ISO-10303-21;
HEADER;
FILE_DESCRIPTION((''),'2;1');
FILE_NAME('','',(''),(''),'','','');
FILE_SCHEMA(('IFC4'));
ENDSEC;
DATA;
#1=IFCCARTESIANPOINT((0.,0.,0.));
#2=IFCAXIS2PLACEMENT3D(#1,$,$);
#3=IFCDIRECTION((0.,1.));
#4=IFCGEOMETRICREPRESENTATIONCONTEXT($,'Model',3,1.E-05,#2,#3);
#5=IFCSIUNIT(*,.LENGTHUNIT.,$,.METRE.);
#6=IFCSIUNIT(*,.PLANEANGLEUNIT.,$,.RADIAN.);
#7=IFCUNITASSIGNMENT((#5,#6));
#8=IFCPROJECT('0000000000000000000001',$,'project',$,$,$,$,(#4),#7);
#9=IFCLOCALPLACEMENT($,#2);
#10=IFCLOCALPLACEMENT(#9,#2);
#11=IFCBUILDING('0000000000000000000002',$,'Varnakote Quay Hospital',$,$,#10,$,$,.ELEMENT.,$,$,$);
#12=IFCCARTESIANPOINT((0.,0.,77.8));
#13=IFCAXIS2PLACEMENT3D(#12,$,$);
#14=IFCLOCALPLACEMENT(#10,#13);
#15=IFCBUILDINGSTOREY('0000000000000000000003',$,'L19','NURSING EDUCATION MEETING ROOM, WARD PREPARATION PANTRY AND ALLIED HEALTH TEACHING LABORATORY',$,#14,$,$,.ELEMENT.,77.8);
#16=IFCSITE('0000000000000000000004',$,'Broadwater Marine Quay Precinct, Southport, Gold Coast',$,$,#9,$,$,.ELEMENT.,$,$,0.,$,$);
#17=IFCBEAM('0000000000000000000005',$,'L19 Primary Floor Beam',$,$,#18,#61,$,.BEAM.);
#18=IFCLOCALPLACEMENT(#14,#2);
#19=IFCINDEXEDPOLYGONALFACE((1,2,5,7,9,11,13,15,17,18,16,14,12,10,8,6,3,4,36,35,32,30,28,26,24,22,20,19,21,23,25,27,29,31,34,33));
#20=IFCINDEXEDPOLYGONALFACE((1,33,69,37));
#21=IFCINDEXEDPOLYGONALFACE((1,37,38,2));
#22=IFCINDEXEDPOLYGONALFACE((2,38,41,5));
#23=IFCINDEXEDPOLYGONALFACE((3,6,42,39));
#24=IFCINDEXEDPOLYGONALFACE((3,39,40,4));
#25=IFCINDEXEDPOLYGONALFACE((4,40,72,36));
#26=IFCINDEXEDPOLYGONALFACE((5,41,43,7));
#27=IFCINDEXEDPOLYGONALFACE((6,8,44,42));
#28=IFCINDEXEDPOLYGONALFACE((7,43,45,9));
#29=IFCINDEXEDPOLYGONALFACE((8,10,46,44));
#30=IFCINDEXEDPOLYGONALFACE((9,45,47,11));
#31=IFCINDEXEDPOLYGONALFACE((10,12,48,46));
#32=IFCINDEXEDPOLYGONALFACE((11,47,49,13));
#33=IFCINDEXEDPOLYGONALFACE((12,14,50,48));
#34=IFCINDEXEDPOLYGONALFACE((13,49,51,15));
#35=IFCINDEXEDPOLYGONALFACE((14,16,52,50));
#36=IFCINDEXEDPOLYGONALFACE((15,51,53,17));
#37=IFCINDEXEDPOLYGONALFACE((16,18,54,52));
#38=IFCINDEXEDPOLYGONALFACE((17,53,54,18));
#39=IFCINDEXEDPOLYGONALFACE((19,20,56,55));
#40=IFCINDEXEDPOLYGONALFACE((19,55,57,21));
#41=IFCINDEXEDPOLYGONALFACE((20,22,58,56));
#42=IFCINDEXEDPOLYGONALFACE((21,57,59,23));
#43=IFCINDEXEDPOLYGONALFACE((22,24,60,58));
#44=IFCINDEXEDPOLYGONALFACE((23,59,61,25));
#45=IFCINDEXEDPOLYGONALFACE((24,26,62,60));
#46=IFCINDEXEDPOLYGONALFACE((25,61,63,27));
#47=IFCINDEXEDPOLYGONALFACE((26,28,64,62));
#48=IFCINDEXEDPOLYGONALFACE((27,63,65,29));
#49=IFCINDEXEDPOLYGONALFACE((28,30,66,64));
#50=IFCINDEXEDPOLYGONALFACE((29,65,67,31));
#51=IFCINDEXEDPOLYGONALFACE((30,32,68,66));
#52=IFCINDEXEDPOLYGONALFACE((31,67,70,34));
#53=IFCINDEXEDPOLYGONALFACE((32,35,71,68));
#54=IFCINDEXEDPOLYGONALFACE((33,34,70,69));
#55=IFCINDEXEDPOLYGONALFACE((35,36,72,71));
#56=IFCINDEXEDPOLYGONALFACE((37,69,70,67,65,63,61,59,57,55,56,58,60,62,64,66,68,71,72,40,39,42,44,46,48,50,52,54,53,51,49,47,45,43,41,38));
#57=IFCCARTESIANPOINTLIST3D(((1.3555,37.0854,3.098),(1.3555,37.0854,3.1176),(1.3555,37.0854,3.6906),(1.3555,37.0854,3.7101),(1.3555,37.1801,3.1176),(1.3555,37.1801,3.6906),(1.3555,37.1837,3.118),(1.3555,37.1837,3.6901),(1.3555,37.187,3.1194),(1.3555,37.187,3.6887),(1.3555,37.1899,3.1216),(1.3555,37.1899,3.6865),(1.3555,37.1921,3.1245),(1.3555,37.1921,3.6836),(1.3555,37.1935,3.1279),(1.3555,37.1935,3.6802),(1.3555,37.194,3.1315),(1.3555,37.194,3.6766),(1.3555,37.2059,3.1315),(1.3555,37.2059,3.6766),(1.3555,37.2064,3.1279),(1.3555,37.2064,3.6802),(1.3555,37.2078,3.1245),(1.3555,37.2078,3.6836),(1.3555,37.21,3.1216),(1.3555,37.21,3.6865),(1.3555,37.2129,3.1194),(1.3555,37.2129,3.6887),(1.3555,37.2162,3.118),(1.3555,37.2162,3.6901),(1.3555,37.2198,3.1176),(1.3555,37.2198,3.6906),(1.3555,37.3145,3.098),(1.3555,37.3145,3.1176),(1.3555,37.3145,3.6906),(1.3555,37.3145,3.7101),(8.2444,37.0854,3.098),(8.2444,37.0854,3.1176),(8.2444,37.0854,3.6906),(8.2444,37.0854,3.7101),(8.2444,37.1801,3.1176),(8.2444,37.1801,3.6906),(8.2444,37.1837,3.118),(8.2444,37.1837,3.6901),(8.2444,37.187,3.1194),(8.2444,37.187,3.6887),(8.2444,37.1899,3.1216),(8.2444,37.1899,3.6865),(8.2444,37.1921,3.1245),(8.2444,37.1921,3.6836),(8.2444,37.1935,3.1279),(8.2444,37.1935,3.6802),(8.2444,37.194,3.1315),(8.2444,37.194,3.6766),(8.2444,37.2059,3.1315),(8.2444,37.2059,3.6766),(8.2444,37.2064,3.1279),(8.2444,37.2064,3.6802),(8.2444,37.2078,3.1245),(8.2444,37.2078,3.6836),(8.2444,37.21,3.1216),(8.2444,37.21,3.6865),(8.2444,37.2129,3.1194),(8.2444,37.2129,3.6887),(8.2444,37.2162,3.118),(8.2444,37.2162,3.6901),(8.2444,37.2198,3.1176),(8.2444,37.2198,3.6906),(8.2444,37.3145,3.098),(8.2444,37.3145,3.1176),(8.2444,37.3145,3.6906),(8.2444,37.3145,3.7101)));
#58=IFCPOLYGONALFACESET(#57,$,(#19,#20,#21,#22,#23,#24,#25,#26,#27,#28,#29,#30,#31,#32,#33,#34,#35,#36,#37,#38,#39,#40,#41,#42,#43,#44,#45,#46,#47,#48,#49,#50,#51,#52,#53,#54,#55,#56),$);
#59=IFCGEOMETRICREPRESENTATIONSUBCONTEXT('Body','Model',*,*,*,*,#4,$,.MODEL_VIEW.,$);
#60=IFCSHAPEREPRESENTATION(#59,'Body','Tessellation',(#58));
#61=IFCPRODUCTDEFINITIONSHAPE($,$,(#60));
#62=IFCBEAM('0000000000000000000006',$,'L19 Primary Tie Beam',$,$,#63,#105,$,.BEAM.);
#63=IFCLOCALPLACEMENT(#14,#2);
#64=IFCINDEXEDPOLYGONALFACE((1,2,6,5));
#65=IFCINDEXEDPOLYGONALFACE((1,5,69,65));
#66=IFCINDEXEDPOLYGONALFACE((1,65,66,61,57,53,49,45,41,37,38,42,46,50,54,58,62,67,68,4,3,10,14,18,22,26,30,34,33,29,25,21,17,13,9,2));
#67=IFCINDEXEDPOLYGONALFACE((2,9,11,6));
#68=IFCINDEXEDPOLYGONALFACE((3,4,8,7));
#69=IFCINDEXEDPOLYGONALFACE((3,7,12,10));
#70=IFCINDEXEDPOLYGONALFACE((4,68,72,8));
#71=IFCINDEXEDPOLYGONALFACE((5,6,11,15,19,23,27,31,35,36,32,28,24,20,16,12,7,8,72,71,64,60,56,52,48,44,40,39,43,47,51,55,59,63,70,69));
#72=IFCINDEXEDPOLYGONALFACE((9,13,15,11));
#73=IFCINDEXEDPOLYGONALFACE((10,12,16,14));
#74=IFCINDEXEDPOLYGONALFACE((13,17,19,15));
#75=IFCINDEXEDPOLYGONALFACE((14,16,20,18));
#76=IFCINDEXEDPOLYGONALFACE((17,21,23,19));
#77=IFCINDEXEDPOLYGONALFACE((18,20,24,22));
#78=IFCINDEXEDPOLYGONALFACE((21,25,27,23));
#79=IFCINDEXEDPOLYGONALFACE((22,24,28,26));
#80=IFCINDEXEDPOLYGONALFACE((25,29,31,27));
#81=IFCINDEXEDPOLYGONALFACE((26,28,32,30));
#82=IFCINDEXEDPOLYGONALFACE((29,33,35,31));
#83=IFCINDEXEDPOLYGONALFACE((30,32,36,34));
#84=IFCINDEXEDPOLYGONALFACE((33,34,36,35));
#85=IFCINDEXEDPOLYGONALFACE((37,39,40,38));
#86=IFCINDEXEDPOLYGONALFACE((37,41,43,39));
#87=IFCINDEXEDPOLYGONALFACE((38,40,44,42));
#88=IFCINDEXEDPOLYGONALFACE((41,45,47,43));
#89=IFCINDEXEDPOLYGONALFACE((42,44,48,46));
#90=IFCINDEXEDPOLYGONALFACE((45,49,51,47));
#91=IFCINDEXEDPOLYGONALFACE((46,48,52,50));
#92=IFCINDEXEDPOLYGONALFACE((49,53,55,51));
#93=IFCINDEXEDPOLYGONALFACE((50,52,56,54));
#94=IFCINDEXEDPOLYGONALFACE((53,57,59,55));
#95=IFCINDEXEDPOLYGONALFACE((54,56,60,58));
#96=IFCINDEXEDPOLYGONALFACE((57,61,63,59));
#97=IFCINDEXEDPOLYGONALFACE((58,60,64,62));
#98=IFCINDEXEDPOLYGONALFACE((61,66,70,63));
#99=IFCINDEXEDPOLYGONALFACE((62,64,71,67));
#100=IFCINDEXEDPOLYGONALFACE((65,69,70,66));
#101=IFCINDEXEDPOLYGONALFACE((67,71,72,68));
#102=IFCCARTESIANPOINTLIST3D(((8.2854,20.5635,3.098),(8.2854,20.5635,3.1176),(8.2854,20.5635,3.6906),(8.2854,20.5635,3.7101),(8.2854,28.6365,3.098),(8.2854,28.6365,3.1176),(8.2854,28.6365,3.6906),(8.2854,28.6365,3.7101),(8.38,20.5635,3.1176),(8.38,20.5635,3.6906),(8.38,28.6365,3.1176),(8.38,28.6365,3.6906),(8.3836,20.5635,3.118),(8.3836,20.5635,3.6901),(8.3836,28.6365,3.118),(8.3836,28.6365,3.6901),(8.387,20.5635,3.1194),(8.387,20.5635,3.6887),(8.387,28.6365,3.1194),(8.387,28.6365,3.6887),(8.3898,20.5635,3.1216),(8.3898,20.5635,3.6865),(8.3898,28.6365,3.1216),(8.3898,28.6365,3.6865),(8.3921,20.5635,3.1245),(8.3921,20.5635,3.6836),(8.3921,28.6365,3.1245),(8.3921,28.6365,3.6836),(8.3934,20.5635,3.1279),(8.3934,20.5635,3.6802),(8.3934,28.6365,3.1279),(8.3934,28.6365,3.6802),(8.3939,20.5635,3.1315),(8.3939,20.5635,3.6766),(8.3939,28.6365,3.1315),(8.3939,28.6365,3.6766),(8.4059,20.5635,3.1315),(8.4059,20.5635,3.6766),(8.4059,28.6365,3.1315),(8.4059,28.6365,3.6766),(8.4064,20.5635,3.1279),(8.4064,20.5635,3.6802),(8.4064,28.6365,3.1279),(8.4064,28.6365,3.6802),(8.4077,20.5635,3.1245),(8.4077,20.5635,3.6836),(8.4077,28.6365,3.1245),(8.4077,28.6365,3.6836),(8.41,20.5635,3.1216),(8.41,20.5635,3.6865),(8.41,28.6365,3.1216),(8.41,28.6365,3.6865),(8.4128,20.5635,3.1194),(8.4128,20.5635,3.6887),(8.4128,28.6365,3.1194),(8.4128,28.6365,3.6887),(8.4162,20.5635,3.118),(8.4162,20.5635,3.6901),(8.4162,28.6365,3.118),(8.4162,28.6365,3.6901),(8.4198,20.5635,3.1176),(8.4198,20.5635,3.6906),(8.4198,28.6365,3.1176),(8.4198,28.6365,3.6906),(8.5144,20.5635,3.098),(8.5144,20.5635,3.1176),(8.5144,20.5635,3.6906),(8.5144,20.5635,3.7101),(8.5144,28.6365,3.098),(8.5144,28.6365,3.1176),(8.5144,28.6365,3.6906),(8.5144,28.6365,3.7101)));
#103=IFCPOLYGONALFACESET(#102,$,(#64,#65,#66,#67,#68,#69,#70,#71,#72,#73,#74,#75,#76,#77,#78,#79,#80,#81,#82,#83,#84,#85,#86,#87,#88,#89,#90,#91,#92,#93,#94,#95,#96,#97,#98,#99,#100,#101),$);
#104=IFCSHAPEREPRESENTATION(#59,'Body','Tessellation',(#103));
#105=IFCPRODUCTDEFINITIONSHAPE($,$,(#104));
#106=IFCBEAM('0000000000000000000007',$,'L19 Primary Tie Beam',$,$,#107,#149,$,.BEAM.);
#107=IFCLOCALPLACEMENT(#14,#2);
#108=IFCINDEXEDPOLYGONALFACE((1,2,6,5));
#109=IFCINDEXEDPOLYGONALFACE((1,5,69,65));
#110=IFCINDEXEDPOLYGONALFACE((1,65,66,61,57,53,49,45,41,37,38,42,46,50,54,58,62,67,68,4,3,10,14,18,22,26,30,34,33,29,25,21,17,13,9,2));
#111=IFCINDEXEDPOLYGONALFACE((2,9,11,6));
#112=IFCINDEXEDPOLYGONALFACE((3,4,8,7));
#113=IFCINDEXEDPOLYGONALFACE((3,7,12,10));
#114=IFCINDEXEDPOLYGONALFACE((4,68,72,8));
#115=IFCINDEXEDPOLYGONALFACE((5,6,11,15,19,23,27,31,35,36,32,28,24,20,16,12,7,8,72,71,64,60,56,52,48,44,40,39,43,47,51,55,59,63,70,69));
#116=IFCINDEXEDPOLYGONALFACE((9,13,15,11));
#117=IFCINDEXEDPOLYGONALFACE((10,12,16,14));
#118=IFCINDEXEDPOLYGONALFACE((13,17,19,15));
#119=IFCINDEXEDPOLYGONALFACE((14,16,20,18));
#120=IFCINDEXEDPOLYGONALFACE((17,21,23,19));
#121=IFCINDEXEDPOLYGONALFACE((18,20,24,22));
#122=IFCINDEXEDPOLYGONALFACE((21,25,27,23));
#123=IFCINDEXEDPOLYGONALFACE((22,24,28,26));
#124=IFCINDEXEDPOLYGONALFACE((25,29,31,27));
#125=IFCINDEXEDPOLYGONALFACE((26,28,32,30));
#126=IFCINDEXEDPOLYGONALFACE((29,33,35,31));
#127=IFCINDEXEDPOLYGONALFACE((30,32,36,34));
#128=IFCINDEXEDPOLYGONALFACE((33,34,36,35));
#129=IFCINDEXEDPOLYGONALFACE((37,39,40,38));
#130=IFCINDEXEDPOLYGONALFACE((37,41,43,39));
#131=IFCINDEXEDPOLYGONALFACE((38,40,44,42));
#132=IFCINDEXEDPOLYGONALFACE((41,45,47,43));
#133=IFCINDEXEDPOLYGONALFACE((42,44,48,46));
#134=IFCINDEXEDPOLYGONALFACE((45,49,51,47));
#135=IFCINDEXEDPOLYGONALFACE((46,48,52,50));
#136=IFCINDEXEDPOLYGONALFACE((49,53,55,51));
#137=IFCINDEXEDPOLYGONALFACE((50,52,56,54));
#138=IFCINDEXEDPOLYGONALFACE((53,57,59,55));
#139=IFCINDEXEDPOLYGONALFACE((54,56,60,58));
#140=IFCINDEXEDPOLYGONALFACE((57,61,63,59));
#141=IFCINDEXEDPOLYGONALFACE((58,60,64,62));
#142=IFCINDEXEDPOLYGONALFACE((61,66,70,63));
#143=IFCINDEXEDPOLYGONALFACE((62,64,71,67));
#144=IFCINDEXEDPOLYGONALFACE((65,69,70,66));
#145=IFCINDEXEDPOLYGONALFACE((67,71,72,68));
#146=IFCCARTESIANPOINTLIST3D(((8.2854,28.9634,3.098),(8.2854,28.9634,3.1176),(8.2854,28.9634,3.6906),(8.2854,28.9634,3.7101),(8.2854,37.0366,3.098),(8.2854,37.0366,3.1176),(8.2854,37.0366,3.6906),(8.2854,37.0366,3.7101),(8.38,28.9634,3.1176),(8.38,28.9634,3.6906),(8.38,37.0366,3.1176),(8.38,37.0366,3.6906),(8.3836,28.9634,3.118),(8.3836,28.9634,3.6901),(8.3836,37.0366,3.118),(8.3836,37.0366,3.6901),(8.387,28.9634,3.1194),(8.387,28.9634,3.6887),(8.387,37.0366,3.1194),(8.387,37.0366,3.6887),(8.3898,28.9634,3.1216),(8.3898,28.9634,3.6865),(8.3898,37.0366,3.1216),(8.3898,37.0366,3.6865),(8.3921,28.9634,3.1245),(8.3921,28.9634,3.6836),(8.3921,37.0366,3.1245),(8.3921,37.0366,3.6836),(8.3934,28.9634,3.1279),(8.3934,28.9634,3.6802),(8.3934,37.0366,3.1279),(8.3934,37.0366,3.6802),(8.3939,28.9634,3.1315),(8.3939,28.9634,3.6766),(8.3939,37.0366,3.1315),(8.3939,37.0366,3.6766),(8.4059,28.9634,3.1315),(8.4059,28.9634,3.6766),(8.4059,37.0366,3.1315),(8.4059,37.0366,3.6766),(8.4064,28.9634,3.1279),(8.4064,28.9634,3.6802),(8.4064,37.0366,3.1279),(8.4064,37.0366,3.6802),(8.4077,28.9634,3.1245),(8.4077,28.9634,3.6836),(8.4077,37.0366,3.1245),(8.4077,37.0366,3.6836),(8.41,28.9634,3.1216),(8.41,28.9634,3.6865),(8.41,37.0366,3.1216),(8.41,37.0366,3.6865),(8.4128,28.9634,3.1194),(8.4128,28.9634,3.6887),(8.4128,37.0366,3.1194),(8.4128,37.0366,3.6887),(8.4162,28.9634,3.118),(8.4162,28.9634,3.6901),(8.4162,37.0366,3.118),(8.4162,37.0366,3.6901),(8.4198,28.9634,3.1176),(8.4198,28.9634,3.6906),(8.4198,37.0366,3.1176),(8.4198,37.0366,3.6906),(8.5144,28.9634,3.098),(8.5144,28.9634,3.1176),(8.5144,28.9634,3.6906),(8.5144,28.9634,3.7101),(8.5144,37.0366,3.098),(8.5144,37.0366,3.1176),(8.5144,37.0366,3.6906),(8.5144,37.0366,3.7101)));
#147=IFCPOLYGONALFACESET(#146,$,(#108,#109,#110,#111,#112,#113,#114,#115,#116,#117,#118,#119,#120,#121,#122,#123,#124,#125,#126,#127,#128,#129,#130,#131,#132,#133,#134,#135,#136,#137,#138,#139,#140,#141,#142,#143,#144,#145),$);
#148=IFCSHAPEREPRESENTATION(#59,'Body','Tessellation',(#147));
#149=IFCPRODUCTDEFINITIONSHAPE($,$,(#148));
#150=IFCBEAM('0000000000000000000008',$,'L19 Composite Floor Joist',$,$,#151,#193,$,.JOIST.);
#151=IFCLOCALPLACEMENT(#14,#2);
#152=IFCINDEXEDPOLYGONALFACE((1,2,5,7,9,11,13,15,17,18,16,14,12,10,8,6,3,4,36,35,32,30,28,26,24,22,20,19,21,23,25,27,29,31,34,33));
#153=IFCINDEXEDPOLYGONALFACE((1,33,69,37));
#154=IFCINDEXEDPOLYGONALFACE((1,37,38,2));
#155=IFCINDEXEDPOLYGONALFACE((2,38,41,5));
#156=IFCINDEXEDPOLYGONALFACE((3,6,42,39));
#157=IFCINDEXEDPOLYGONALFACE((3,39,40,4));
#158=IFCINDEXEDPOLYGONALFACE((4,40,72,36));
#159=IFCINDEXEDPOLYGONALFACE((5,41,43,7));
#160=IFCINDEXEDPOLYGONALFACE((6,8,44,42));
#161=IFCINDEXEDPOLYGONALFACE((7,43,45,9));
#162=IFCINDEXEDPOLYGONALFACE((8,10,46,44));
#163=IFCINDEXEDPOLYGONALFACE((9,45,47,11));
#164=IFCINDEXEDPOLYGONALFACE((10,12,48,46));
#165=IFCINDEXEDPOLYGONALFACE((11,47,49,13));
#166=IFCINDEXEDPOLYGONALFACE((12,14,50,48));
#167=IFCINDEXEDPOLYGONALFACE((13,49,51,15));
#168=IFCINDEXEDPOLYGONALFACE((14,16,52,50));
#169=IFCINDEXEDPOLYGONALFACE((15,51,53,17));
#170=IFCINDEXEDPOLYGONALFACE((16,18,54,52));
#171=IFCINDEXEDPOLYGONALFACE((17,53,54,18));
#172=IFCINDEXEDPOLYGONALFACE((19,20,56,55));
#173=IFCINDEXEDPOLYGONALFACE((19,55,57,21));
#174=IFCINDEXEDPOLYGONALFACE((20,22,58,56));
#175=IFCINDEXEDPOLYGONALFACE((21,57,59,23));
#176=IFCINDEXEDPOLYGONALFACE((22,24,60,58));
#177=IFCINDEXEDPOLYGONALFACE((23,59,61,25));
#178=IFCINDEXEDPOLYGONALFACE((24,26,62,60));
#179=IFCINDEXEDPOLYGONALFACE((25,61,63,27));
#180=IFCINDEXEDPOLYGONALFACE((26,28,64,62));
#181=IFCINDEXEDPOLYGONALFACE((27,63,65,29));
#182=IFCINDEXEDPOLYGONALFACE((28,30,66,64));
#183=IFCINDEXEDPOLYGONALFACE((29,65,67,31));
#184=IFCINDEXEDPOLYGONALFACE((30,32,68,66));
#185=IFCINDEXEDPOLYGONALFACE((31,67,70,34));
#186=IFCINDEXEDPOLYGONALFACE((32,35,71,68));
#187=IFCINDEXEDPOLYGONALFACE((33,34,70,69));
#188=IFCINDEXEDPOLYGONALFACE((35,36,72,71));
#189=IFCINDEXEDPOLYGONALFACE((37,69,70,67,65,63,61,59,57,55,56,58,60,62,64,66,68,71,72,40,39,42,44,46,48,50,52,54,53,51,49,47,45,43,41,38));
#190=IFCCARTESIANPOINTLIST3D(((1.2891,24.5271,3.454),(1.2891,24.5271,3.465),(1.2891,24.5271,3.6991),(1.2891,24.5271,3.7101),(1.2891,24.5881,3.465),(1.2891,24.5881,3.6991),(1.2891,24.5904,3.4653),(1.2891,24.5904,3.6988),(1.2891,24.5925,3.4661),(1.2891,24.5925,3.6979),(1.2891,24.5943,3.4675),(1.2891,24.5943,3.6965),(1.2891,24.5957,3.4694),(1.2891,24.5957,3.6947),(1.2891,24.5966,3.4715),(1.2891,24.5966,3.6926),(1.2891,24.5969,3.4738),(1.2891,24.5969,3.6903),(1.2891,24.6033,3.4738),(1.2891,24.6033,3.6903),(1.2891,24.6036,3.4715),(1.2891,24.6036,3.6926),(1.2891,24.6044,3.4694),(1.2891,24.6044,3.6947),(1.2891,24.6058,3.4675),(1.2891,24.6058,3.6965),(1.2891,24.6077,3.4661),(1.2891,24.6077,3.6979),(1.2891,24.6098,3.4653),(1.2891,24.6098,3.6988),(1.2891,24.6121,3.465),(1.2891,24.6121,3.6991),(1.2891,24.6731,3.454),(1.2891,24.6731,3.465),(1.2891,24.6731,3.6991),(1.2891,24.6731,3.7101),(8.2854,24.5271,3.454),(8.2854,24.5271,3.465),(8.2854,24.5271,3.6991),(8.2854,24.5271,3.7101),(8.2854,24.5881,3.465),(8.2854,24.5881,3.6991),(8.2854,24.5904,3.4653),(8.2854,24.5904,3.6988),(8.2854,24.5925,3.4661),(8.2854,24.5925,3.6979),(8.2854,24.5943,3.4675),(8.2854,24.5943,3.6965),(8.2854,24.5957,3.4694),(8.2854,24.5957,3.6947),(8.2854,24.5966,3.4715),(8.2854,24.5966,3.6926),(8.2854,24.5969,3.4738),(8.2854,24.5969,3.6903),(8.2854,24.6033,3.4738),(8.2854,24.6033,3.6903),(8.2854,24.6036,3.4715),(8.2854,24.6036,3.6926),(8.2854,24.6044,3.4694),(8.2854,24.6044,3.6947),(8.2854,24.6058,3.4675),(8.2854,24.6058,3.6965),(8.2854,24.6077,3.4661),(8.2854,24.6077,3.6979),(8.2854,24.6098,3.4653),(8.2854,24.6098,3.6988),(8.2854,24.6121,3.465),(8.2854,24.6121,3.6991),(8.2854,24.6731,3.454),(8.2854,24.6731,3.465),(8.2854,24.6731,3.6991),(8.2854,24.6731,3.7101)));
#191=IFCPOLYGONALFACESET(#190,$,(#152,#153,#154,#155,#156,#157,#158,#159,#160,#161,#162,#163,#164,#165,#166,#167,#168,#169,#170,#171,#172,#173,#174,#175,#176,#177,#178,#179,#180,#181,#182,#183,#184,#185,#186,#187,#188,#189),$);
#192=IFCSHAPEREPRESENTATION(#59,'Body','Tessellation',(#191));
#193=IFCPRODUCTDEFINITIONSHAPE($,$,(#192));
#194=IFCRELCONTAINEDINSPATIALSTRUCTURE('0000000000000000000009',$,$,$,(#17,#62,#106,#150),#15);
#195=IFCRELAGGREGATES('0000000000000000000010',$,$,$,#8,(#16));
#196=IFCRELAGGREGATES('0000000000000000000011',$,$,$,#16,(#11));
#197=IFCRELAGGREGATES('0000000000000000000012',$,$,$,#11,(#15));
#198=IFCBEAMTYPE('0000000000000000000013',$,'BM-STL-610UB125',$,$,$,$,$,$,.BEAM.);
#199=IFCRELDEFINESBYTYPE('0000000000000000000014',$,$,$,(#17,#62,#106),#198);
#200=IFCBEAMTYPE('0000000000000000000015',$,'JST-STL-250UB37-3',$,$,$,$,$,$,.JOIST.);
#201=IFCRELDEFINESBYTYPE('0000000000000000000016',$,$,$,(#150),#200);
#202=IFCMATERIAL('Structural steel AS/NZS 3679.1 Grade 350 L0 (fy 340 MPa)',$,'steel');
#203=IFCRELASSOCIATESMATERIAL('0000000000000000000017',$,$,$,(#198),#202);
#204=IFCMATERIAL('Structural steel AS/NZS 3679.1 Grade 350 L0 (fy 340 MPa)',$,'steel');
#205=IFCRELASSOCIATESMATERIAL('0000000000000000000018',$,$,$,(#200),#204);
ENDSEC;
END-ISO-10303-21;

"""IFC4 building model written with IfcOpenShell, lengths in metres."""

from ifc_helpers import new_model, si_unit, direction, frame, origin, origin_2d, place, context, subcontext, project, spatial, i_section, extrude, material, material_profile, profile_set, type_object, element, save


model = new_model("IFC4")

# Units and contexts
model_context = context("Model", 3, precision=1e-05, world=origin(), true_north=direction((0.0, 1.0)))
body_context = subcontext(model_context, "Body", "Model", "MODEL_VIEW")
ifc_project = project(units=[si_unit("LENGTHUNIT", "METRE"), si_unit("PLANEANGLEUNIT", "RADIAN")], contexts=[model_context])

# Site, building, storey
site_placement = place(None, origin())
site = spatial("IfcSite", under=ifc_project, at=site_placement, Name="Broadwater Marine Quay Precinct, Southport, Gold Coast", CompositionType="ELEMENT", RefElevation=0.0)
building_placement = place(site_placement, origin())
building = spatial("IfcBuilding", under=site, at=building_placement, Name="Varnakote Quay Hospital", CompositionType="ELEMENT")
storey_placement = place(building_placement, frame((0.0, 0.0, 77.8)))
storey = spatial("IfcBuildingStorey", under=building, at=storey_placement, Name="L19", Description="NURSING EDUCATION MEETING ROOM, WARD PREPARATION PANTRY AND ALLIED HEALTH TEACHING LABORATORY", CompositionType="ELEMENT", Elevation=77.8)

# Beams
ifc_material_1 = material(Name="Structural steel AS/NZS 3679.1 Grade 350 L0 (fy 340 MPa)", Category="steel")
ifc_material_profile_1 = material_profile(ifc_material_1, i_section(OverallWidth=0.229, OverallDepth=0.6121, WebThickness=0.012, FlangeThickness=0.0195, FilletRadius=0.0139, at=origin_2d()), Name="610UB125")
ifc_profile_set_1 = profile_set([ifc_material_profile_1], Name="Structural steel AS/NZS 3679.1 Grade 350 L0 (fy 340 MPa)")
beam_type_1 = type_object("IfcBeamType", Name="BM-STL-610UB125", PredefinedType="BEAM", material=ifc_profile_set_1)
beam_1_placement = place(storey_placement, frame((1.3555, 37.2, 3.4041), z_axis=(1.0, 0.0, 0.0), x_axis=(0.0, 1.0, 0.0)))
element("IfcBeam", 1, at=beam_1_placement, inside=storey, type_object=beam_type_1, Name="L19 Primary Floor Beam", PredefinedType="BEAM", context=body_context, shape_type="SweptSolid", body=[
    extrude(i_section(OverallWidth=0.229, OverallDepth=0.6121, WebThickness=0.012, FlangeThickness=0.0195, FilletRadius=0.0139, at=origin_2d()), origin(), (0.0, 0.0, 1.0), 6.8889),
])
beam_2_placement = place(storey_placement, frame((8.3999, 20.5635, 3.4041), z_axis=(0.0, 1.0, 0.0), x_axis=(-1.0, 0.0, 0.0)))
element("IfcBeam", 2, at=beam_2_placement, inside=storey, type_object=beam_type_1, Name="L19 Primary Tie Beam", PredefinedType="BEAM", context=body_context, shape_type="SweptSolid", body=[
    extrude(i_section(OverallWidth=0.229, OverallDepth=0.6121, WebThickness=0.012, FlangeThickness=0.0195, FilletRadius=0.0139, at=origin_2d()), origin(), (0.0, 0.0, 1.0), 8.073),
])
beam_3_placement = place(storey_placement, frame((8.3999, 28.9634, 3.4041), z_axis=(0.0, 1.0, 0.0), x_axis=(-1.0, 0.0, 0.0)))
element("IfcBeam", 3, at=beam_3_placement, inside=storey, type_object=beam_type_1, Name="L19 Primary Tie Beam", PredefinedType="BEAM", context=body_context, shape_type="SweptSolid", body=[
    extrude(i_section(OverallWidth=0.229, OverallDepth=0.6121, WebThickness=0.012, FlangeThickness=0.0195, FilletRadius=0.0139, at=origin_2d()), origin(), (0.0, 0.0, 1.0), 8.0732),
])
ifc_material_2 = material(Name="Structural steel AS/NZS 3679.1 Grade 350 L0 (fy 340 MPa)", Category="steel")
ifc_material_profile_2 = material_profile(ifc_material_2, i_section(OverallWidth=0.146, OverallDepth=0.2561, WebThickness=0.0063, FlangeThickness=0.011, FilletRadius=0.0088, at=origin_2d()), Name="250UB37.3")
ifc_profile_set_2 = profile_set([ifc_material_profile_2], Name="Structural steel AS/NZS 3679.1 Grade 350 L0 (fy 340 MPa)")
beam_type_2 = type_object("IfcBeamType", Name="JST-STL-250UB37-3", PredefinedType="JOIST", material=ifc_profile_set_2)
for number, where, z_axis, x_axis, name in (
    (4, (1.2891, 24.6001, 3.582), (1.0, 0.0, 0.0), (0.0, 1.0, 0.0), "L19 Composite Floor Joist"),
):
    element("IfcBeam", number, at=place(storey_placement, frame(where, z_axis=z_axis, x_axis=x_axis)), inside=storey, type_object=beam_type_2, Name=name, PredefinedType="JOIST", context=body_context, shape_type="SweptSolid", body=[
        extrude(i_section(OverallWidth=0.146, OverallDepth=0.2561, WebThickness=0.0063, FlangeThickness=0.011, FilletRadius=0.0088, at=origin_2d()), origin(), (0.0, 0.0, 1.0), 6.9963),
    ])

save(model, "model.ifc")
